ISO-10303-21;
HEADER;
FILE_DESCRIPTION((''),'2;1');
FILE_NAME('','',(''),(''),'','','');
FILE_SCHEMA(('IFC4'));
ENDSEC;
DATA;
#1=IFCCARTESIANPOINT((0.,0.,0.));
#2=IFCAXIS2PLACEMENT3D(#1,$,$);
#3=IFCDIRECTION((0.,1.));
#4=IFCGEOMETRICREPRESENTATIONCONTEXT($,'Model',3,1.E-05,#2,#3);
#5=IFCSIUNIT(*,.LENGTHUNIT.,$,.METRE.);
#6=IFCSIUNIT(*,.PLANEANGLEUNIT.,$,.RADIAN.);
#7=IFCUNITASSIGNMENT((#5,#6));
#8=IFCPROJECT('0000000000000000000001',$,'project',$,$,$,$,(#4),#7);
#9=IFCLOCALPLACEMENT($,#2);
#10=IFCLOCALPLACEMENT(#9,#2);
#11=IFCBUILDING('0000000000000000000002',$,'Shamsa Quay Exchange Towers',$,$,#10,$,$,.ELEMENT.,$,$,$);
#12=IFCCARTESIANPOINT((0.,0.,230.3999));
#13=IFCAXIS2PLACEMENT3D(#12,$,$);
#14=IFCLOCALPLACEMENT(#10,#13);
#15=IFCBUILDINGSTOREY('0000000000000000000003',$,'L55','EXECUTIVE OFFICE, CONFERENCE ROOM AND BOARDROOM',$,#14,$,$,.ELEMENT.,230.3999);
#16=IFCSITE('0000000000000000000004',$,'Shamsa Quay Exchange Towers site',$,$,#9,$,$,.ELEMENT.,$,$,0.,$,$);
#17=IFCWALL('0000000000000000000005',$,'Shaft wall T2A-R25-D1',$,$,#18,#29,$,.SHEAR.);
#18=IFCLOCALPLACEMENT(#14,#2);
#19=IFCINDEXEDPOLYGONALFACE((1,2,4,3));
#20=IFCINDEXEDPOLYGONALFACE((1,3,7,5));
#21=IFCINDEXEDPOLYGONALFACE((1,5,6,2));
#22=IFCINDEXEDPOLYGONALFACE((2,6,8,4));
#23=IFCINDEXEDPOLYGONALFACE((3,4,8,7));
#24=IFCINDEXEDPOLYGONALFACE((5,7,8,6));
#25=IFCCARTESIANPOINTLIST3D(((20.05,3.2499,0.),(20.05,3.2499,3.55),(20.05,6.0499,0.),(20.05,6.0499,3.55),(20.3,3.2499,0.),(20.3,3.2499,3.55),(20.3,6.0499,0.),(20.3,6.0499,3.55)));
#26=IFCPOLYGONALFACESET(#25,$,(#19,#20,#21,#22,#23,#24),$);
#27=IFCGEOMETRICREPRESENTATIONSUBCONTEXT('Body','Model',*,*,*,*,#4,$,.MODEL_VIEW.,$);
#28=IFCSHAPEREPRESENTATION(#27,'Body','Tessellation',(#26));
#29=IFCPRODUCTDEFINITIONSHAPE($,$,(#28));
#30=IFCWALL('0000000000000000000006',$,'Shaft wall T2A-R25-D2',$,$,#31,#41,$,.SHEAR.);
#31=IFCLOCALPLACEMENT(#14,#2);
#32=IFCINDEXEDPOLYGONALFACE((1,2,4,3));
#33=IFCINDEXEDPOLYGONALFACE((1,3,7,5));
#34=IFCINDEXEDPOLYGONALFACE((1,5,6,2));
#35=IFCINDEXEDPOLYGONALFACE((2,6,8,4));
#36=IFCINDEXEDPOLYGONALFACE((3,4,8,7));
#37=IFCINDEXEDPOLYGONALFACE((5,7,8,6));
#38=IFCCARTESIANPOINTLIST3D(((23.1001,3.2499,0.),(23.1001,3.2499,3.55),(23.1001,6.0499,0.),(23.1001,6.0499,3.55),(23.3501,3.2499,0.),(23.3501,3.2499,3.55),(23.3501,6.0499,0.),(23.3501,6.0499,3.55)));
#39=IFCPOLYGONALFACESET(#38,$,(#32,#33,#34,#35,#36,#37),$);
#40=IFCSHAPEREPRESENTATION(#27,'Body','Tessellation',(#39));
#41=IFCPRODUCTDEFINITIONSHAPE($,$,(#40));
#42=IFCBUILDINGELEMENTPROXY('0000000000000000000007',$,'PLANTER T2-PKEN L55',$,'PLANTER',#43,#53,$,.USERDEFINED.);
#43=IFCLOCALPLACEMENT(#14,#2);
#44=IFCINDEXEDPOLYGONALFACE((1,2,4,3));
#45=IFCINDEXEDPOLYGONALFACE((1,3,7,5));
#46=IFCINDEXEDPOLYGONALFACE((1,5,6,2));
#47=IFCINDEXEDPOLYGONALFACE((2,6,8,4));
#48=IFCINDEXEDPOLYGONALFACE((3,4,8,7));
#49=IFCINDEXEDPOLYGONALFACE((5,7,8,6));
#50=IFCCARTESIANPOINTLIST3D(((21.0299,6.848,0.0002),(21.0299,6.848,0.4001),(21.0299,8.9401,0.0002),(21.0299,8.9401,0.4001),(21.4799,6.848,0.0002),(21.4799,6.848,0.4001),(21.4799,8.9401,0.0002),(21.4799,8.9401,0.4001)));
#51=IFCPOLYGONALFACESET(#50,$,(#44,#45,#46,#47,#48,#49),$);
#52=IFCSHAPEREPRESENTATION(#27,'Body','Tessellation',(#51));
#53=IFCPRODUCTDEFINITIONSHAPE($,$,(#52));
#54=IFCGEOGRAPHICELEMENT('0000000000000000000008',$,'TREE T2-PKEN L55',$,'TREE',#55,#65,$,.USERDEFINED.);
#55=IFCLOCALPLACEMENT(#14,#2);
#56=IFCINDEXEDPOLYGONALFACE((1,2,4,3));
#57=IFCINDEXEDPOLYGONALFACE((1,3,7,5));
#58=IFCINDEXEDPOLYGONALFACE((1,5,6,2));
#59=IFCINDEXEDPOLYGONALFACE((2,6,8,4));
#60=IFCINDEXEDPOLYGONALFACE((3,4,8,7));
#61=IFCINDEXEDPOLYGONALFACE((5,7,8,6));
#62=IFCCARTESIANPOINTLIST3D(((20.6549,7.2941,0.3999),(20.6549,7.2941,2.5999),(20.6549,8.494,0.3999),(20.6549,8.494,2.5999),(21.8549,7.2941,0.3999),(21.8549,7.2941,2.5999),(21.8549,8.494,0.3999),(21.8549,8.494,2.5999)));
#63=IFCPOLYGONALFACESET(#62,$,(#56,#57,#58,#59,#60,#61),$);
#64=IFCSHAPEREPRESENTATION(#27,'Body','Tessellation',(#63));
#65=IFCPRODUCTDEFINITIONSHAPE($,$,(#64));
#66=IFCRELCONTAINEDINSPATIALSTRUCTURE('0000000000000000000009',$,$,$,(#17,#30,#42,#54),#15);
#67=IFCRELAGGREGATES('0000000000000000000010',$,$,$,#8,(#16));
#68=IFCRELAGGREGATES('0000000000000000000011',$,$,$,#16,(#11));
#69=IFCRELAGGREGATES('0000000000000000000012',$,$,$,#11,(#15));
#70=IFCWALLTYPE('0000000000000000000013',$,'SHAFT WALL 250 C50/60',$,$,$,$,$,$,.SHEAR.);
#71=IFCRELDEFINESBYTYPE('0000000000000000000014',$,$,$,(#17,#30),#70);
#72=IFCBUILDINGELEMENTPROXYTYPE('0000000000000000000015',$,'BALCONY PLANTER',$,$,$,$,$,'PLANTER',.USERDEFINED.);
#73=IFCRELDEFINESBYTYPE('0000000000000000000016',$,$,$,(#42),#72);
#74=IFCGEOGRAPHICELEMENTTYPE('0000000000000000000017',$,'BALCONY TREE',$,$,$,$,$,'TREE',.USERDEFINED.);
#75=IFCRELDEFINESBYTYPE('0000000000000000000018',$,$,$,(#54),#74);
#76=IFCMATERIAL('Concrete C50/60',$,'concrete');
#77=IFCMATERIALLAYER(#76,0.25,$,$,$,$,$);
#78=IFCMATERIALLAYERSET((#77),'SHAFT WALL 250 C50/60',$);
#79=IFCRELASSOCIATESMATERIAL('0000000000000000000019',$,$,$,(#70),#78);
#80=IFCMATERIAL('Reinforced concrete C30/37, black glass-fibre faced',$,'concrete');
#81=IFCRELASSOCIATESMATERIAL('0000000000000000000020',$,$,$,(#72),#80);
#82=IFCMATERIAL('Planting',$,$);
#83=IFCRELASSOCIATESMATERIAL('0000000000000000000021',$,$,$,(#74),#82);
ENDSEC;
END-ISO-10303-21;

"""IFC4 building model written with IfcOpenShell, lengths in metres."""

from ifc_helpers import new_model, si_unit, direction, frame, frame_2d, origin, origin_2d, place, context, subcontext, project, spatial, rectangle, extrude, material, layer, layer_set, type_object, element, save


model = new_model("IFC4")

# Units and contexts
model_context = context("Model", 3, precision=1e-05, world=origin(), true_north=direction((0.0, 1.0)))
body_context = subcontext(model_context, "Body", "Model", "MODEL_VIEW")
ifc_project = project(units=[si_unit("LENGTHUNIT", "METRE"), si_unit("PLANEANGLEUNIT", "RADIAN")], contexts=[model_context])

# Site, building, storey
site_placement = place(None, origin())
site = spatial("IfcSite", under=ifc_project, at=site_placement, Name="Shamsa Quay Exchange Towers site", CompositionType="ELEMENT", RefElevation=0.0)
building_placement = place(site_placement, origin())
building = spatial("IfcBuilding", under=site, at=building_placement, Name="Shamsa Quay Exchange Towers", CompositionType="ELEMENT")
storey_placement = place(building_placement, frame((0.0, 0.0, 230.3999)))
storey = spatial("IfcBuildingStorey", under=building, at=storey_placement, Name="L55", Description="EXECUTIVE OFFICE, CONFERENCE ROOM AND BOARDROOM", CompositionType="ELEMENT", Elevation=230.3999)

# Shared definitions
ifc_material_1 = material(Name="Concrete C50/60", Category="concrete")
ifc_layer_1 = layer(ifc_material_1, 0.25)
ifc_layer_set_1 = layer_set([ifc_layer_1], Name="SHAFT WALL 250 C50/60")
wall_type_1 = type_object("IfcWallType", Name="SHAFT WALL 250 C50/60", PredefinedType="SHEAR", material=ifc_layer_set_1)

# Walls
for number, where, z_axis, x_axis, name in (
    (1, (20.175, 3.25, 0.0), (0.0, 0.0, 1.0), (0.0, 1.0, 0.0), "Shaft wall T2A-R25-D1"),
    (2, (23.2251, 3.25, 0.0), (0.0, 0.0, 1.0), (0.0, 1.0, 0.0), "Shaft wall T2A-R25-D2"),
):
    element("IfcWall", number, at=place(storey_placement, frame(where, z_axis=z_axis, x_axis=x_axis)), inside=storey, type_object=wall_type_1, Name=name, PredefinedType="SHEAR", context=body_context, shape_type="SweptSolid", body=[
        extrude(rectangle(XDim=2.8, YDim=0.25, at=frame_2d((1.3999, 0.0))), origin(), (0.0, 0.0, 1.0), 3.55),
    ])

# Building element proxy
ifc_material_2 = material(Name="Reinforced concrete C30/37, black glass-fibre faced", Category="concrete")
building_element_proxy_type = type_object("IfcBuildingElementProxyType", Name="BALCONY PLANTER", ElementType="PLANTER", PredefinedType="USERDEFINED", material=ifc_material_2)
proxy_placement = place(storey_placement, frame((21.2549, 7.894, 0.0002), z_axis=(0.0, 0.0, 1.0), x_axis=(0.0, -1.0, 0.0)))
element("IfcBuildingElementProxy", 3, at=proxy_placement, inside=storey, type_object=building_element_proxy_type, Name="PLANTER T2-PKEN L55", ObjectType="PLANTER", PredefinedType="USERDEFINED", context=body_context, shape_type="SweptSolid", body=[
    extrude(rectangle(XDim=2.092, YDim=0.45, at=origin_2d()), origin(), (0.0, 0.0, 1.0), 0.3999),
])

# Geographic element
ifc_material_3 = material(Name="Planting")
geographic_element_type = type_object("IfcGeographicElementType", Name="BALCONY TREE", ElementType="TREE", PredefinedType="USERDEFINED", material=ifc_material_3)
geographic_element_placement = place(storey_placement, frame((21.2549, 7.894, 0.3999), z_axis=(0.0, 0.0, 1.0), x_axis=(0.0, -1.0, 0.0)))
element("IfcGeographicElement", 4, at=geographic_element_placement, inside=storey, type_object=geographic_element_type, Name="TREE T2-PKEN L55", ObjectType="TREE", PredefinedType="USERDEFINED", context=body_context, shape_type="SweptSolid", body=[
    extrude(rectangle(XDim=1.2, YDim=1.2, at=origin_2d()), origin(), (0.0, 0.0, 1.0), 2.2),
])

save(model, "model.ifc")
